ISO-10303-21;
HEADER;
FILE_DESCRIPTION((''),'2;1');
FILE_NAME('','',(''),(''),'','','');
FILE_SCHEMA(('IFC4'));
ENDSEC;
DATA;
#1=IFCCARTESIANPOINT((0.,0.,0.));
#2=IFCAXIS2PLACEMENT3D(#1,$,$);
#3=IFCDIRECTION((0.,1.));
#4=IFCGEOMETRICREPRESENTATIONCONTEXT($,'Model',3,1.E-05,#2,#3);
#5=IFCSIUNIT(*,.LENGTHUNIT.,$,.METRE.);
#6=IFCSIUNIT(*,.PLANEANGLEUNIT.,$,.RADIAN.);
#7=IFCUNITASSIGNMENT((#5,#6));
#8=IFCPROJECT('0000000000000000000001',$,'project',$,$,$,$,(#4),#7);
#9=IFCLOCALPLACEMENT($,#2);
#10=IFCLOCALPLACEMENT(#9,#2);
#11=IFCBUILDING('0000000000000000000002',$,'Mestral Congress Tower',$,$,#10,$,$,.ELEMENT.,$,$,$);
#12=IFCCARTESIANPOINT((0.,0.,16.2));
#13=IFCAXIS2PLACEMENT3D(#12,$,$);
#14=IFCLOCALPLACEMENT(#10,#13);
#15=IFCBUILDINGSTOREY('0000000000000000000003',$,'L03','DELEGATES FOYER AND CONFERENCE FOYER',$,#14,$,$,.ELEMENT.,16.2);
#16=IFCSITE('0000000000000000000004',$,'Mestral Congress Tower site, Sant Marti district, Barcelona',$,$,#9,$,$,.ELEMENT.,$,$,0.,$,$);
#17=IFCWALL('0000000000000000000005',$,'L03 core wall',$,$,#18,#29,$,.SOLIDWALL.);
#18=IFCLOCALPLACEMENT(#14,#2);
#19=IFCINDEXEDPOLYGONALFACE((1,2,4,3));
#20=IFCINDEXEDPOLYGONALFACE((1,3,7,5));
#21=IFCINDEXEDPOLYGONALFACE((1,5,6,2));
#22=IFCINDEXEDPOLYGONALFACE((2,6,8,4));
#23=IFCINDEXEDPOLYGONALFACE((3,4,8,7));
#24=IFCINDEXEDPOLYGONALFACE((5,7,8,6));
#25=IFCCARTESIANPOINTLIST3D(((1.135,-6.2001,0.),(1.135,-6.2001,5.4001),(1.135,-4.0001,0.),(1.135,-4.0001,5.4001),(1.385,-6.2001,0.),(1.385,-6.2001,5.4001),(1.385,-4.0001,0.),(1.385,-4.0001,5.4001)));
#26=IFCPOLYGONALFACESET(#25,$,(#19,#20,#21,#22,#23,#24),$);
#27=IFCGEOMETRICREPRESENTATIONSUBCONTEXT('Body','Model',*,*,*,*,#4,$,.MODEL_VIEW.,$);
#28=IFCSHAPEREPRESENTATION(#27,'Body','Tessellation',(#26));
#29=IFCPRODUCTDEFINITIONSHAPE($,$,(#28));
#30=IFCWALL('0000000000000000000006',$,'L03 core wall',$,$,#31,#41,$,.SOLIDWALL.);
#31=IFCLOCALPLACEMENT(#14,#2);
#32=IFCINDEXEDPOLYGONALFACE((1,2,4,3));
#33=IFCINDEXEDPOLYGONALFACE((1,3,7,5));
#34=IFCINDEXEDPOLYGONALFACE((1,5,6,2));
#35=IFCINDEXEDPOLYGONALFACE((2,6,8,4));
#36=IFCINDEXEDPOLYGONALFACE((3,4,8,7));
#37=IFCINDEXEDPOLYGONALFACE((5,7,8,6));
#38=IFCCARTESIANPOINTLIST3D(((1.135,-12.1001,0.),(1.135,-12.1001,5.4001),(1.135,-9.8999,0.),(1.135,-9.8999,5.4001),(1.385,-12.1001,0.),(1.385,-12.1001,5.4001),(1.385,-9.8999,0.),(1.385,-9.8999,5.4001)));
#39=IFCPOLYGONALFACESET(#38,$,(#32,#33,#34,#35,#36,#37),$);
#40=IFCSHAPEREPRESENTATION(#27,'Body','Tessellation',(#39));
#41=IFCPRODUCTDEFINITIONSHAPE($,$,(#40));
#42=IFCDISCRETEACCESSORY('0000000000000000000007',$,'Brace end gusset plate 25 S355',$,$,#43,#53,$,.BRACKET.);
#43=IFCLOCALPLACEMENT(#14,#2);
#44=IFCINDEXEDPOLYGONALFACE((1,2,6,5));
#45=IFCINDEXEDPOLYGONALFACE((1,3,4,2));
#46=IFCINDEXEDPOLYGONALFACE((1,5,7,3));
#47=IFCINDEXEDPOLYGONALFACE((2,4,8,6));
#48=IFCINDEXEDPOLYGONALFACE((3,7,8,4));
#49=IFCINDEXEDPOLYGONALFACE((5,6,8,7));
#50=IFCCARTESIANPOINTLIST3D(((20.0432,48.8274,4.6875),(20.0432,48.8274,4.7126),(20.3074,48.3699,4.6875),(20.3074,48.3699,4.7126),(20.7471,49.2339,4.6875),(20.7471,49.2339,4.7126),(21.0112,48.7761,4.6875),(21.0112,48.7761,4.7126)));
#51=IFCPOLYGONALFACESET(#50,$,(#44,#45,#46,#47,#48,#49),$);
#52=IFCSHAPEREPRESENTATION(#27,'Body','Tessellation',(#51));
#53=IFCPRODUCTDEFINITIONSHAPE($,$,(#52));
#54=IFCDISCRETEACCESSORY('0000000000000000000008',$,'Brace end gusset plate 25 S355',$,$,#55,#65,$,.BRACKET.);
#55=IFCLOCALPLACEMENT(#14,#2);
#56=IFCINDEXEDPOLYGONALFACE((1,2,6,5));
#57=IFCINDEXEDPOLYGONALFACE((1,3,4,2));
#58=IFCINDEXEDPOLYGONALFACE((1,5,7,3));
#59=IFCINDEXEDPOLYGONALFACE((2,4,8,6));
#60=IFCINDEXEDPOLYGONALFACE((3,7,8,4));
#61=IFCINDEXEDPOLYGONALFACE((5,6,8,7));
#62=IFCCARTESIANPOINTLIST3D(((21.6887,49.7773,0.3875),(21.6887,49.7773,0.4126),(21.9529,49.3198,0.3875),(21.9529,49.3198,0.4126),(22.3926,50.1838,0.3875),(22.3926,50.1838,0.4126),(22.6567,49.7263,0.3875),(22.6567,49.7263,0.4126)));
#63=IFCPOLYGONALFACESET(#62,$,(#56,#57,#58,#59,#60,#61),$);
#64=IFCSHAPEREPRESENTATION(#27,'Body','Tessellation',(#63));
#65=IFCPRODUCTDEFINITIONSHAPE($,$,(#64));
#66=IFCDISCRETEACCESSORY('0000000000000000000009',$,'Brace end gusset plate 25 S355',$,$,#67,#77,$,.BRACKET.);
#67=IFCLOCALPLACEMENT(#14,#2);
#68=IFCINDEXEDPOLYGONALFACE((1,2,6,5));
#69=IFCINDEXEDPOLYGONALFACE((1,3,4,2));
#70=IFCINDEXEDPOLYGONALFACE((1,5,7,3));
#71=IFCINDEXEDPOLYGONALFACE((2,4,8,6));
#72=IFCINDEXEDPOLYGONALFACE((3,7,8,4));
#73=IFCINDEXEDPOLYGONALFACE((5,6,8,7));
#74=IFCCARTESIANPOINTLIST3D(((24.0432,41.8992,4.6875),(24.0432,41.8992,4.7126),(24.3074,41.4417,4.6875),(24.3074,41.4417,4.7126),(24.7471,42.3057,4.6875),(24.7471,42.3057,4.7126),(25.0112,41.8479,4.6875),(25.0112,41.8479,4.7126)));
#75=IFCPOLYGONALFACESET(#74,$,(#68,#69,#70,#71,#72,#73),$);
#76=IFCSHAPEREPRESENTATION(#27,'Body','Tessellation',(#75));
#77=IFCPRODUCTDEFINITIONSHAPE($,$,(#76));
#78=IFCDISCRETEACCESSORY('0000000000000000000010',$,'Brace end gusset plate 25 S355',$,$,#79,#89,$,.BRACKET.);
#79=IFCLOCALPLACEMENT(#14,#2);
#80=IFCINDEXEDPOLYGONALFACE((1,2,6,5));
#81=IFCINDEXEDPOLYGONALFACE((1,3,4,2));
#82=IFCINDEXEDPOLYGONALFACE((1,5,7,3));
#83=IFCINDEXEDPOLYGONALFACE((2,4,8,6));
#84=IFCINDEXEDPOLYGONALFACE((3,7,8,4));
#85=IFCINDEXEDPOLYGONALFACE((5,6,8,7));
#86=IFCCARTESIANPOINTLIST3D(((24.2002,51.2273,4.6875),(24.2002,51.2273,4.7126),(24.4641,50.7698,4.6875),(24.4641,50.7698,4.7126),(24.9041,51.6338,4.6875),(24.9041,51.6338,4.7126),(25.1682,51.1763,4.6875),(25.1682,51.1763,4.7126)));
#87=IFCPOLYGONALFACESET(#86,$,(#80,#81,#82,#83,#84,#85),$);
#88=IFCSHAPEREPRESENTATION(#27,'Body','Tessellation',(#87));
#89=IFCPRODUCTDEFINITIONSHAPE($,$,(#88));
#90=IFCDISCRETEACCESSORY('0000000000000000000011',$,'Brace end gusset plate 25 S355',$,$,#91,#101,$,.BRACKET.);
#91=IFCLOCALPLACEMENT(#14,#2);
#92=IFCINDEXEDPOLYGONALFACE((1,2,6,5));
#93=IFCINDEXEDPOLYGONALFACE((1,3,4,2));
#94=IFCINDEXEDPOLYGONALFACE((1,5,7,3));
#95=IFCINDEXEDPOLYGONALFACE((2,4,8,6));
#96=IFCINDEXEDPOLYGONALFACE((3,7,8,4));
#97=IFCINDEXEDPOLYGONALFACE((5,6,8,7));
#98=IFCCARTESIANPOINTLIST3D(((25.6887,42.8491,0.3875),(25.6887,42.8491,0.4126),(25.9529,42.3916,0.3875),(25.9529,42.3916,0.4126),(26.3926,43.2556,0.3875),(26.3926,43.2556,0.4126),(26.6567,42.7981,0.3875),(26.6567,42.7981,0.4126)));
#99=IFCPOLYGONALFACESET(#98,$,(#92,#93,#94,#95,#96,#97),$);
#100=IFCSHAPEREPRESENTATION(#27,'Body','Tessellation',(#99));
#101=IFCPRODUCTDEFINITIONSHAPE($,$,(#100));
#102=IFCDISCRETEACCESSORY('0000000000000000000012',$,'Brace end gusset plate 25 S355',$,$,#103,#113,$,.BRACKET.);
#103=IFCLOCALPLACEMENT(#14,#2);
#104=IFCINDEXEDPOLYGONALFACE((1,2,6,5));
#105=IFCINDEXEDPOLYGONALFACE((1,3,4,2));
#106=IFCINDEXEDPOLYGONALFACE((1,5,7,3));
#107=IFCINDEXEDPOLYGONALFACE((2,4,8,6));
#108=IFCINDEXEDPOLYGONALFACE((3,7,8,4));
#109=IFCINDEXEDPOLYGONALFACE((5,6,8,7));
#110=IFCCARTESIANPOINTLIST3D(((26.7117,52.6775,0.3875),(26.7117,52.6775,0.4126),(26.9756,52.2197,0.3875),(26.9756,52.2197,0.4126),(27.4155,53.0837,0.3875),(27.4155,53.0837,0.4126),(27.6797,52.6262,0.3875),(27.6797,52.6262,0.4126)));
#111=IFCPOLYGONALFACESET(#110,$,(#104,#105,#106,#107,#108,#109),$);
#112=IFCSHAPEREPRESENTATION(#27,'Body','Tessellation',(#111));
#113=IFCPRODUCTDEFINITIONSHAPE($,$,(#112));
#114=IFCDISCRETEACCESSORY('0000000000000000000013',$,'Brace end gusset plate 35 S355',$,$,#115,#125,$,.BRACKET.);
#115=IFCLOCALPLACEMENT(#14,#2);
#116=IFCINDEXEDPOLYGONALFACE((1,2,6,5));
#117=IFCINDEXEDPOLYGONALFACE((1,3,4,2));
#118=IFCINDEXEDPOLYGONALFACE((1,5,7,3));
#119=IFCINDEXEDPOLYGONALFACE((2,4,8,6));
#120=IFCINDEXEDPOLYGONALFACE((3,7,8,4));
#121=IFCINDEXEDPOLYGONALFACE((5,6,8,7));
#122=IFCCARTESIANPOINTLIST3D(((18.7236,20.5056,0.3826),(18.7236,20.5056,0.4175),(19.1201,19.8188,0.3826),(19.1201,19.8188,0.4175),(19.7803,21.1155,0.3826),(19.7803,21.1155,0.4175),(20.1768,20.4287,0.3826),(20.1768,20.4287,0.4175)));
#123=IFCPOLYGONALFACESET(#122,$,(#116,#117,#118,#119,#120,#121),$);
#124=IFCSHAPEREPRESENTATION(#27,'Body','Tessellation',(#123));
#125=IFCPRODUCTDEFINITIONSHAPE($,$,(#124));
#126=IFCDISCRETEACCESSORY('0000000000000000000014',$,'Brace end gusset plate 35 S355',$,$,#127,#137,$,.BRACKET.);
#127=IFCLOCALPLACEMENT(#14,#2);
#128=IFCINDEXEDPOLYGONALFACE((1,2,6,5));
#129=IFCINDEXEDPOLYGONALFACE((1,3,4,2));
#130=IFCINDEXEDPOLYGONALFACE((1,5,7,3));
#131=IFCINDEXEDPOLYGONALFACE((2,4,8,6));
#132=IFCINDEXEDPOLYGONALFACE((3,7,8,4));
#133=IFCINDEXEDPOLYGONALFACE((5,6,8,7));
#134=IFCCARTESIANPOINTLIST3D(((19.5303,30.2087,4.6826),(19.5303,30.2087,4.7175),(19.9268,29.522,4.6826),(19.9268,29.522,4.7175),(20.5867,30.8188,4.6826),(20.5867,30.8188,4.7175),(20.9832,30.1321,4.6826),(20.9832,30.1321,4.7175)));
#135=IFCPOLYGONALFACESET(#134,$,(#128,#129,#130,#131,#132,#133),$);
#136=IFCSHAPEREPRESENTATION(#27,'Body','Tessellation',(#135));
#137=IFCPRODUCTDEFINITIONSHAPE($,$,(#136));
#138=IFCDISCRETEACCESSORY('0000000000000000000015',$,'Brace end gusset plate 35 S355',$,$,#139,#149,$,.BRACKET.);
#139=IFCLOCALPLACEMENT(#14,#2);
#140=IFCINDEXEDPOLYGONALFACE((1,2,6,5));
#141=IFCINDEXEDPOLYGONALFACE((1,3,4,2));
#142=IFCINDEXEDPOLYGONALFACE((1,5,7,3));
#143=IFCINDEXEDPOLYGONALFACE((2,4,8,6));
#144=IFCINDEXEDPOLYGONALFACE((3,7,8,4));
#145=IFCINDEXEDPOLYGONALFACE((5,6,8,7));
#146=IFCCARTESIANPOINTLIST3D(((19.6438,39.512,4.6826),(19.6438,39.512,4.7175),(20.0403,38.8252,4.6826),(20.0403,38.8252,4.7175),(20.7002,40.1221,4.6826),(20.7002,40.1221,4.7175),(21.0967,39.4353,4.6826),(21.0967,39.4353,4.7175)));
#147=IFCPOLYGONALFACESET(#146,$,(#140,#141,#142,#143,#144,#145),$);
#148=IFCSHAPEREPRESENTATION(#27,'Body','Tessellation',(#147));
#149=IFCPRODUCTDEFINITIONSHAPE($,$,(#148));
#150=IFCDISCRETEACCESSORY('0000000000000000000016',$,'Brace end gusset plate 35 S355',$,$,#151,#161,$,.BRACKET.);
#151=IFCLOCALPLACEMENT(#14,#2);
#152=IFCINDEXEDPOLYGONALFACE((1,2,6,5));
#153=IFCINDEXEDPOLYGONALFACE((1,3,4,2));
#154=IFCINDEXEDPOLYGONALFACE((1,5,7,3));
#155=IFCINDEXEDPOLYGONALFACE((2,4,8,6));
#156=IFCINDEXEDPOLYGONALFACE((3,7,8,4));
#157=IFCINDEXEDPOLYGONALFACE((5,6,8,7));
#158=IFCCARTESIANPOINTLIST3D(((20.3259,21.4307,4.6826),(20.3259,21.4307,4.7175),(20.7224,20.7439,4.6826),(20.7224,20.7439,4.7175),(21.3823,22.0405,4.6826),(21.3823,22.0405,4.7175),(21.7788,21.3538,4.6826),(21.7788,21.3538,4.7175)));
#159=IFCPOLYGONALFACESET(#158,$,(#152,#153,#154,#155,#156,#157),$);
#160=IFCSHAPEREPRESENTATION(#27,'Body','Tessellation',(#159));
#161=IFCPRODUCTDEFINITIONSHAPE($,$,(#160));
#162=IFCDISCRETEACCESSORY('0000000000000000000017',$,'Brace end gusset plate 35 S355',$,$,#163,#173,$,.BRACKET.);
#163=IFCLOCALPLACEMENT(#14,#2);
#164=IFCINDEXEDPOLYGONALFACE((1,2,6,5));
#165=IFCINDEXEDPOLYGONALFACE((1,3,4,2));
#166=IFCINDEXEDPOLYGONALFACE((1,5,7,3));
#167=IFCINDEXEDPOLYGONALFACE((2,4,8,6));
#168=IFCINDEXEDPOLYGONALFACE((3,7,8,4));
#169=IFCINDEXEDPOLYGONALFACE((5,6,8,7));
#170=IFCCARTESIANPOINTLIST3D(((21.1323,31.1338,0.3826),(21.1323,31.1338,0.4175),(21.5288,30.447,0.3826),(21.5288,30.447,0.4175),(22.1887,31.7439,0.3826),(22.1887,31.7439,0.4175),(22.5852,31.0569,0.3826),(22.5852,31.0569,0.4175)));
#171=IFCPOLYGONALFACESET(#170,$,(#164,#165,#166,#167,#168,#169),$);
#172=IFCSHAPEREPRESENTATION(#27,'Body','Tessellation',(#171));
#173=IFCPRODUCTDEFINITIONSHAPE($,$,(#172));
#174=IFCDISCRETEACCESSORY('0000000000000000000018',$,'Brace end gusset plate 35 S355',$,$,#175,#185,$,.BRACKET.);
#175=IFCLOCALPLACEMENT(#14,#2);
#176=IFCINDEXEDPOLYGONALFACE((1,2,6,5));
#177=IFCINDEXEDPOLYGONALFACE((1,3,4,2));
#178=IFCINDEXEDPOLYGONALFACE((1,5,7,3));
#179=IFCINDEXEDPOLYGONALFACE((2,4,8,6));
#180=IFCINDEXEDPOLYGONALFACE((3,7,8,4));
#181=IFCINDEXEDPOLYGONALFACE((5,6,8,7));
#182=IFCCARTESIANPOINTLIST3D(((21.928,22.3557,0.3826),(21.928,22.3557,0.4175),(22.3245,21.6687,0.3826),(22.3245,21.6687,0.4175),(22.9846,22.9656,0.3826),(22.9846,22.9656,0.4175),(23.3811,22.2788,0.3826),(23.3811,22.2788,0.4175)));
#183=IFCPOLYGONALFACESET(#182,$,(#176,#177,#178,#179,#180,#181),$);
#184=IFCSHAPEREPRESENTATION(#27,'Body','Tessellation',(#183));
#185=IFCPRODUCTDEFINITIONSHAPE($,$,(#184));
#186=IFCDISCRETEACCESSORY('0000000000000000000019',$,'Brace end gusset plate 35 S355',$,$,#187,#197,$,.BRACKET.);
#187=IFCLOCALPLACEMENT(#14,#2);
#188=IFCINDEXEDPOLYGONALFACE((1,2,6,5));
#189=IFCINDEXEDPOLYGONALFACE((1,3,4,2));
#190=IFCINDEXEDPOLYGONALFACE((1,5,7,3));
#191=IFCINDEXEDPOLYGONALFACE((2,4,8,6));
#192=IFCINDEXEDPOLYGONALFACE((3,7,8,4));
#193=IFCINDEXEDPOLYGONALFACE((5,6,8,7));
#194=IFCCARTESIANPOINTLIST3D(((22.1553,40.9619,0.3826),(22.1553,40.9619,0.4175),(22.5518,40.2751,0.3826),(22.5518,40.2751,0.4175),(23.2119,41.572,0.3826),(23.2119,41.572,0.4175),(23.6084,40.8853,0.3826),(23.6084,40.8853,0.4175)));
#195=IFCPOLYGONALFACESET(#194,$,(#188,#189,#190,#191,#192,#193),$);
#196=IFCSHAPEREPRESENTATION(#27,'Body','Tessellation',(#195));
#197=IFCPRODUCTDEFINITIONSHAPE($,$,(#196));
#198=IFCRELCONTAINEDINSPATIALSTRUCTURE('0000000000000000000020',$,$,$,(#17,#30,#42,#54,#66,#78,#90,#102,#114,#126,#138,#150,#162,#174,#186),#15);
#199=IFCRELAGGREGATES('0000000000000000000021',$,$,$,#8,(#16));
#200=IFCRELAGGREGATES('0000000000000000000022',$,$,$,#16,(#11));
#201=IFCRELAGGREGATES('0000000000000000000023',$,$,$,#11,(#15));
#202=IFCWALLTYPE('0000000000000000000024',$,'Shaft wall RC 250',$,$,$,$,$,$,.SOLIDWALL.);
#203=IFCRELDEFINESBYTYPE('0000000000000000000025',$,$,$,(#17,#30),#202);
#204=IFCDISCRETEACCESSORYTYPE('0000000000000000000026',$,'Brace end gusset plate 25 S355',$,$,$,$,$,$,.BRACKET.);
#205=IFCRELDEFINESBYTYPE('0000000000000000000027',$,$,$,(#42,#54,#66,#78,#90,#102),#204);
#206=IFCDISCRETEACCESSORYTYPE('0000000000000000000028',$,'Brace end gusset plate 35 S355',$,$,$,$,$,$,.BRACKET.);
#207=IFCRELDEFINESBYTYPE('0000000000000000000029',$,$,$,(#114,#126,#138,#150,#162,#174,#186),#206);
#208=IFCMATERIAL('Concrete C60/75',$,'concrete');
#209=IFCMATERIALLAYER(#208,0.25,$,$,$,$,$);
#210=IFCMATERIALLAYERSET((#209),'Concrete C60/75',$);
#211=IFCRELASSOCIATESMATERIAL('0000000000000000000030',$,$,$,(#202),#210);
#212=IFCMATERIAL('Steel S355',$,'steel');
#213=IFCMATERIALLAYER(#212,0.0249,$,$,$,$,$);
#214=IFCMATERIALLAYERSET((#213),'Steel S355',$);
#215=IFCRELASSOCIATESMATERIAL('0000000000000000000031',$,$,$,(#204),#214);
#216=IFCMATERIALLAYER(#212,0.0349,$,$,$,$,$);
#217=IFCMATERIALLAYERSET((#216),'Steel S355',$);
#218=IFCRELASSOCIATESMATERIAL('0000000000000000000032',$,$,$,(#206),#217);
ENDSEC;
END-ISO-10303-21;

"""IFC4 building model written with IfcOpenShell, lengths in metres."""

from ifc_helpers import new_model, si_unit, direction, frame, frame_2d, origin, place, context, subcontext, project, spatial, polyline, rectangle, outline, extrude, material, layer, layer_set, type_object, element, save


model = new_model("IFC4")

# Units and contexts
model_context = context("Model", 3, precision=1e-05, world=origin(), true_north=direction((0.0, 1.0)))
body_context = subcontext(model_context, "Body", "Model", "MODEL_VIEW")
ifc_project = project(units=[si_unit("LENGTHUNIT", "METRE"), si_unit("PLANEANGLEUNIT", "RADIAN")], contexts=[model_context])

# Site, building, storey
site_placement = place(None, origin())
site = spatial("IfcSite", under=ifc_project, at=site_placement, Name="Mestral Congress Tower site, Sant Marti district, Barcelona", CompositionType="ELEMENT", RefElevation=0.0)
building_placement = place(site_placement, origin())
building = spatial("IfcBuilding", under=site, at=building_placement, Name="Mestral Congress Tower", CompositionType="ELEMENT")
storey_placement = place(building_placement, frame((0.0, 0.0, 16.2)))
storey = spatial("IfcBuildingStorey", under=building, at=storey_placement, Name="L03", Description="DELEGATES FOYER AND CONFERENCE FOYER", CompositionType="ELEMENT", Elevation=16.2)

# Walls
ifc_material_1 = material(Name="Concrete C60/75", Category="concrete")
ifc_layer_1 = layer(ifc_material_1, 0.25)
ifc_layer_set_1 = layer_set([ifc_layer_1], Name="Concrete C60/75")
wall_type = type_object("IfcWallType", Name="Shaft wall RC 250", PredefinedType="SOLIDWALL", material=ifc_layer_set_1)
wall_1_placement = place(storey_placement, frame((1.26, -4.0, 0.0), z_axis=(0.0, 0.0, 1.0), x_axis=(0.0, -1.0, 0.0)))
element("IfcWall", 1, at=wall_1_placement, inside=storey, type_object=wall_type, Name="L03 core wall", PredefinedType="SOLIDWALL", context=body_context, shape_type="SweptSolid", body=[
    extrude(rectangle(XDim=2.2, YDim=0.25, at=frame_2d((1.1001, 0.0))), origin(), (0.0, 0.0, 1.0), 5.4001),
])
wall_2_placement = place(storey_placement, frame((1.26, -9.8999, 0.0), z_axis=(0.0, 0.0, 1.0), x_axis=(0.0, -1.0, 0.0)))
element("IfcWall", 2, at=wall_2_placement, inside=storey, type_object=wall_type, Name="L03 core wall", PredefinedType="SOLIDWALL", context=body_context, shape_type="SweptSolid", body=[
    extrude(rectangle(XDim=2.2002, YDim=0.25, at=frame_2d((1.1001, 0.0))), origin(), (0.0, 0.0, 1.0), 5.4001),
])

# Discrete accessories
ifc_material_2 = material(Name="Steel S355", Category="steel")
ifc_layer_2 = layer(ifc_material_2, 0.0249)
ifc_layer_set_2 = layer_set([ifc_layer_2], Name="Steel S355")
discrete_accessory_type_1 = type_object("IfcDiscreteAccessoryType", Name="Brace end gusset plate 25 S355", PredefinedType="BRACKET", material=ifc_layer_set_2)
placement_1 = place(storey_placement, frame((0.0, 0.0, 4.6875)))
element("IfcDiscreteAccessory", 3, at=placement_1, inside=storey, type_object=discrete_accessory_type_1, Name="Brace end gusset plate 25 S355", PredefinedType="BRACKET", context=body_context, shape_type="SweptSolid", body=[
    extrude(outline(polyline([(20.7471, 49.2339), (20.0432, 48.8274), (20.3074, 48.3699), (21.0112, 48.7761), (20.7471, 49.2339)])), origin(), (0.0, 0.0, 1.0), 0.0251),
])
placement_2 = place(storey_placement, frame((0.0, 0.0, 0.3875)))
element("IfcDiscreteAccessory", 4, at=placement_2, inside=storey, type_object=discrete_accessory_type_1, Name="Brace end gusset plate 25 S355", PredefinedType="BRACKET", context=body_context, shape_type="SweptSolid", body=[
    extrude(outline(polyline([(22.3926, 50.1838), (21.6887, 49.7773), (21.9529, 49.3198), (22.6567, 49.7263), (22.3926, 50.1838)])), origin(), (0.0, 0.0, 1.0), 0.0251),
])
element("IfcDiscreteAccessory", 5, at=placement_1, inside=storey, type_object=discrete_accessory_type_1, Name="Brace end gusset plate 25 S355", PredefinedType="BRACKET", context=body_context, shape_type="SweptSolid", body=[
    extrude(outline(polyline([(24.7471, 42.3057), (24.0432, 41.8992), (24.3074, 41.4417), (25.0112, 41.8479), (24.7471, 42.3057)])), origin(), (0.0, 0.0, 1.0), 0.0251),
])
element("IfcDiscreteAccessory", 6, at=placement_1, inside=storey, type_object=discrete_accessory_type_1, Name="Brace end gusset plate 25 S355", PredefinedType="BRACKET", context=body_context, shape_type="SweptSolid", body=[
    extrude(outline(polyline([(24.9041, 51.6338), (24.2002, 51.2273), (24.4641, 50.7698), (25.1682, 51.1763), (24.9041, 51.6338)])), origin(), (0.0, 0.0, 1.0), 0.0251),
])
element("IfcDiscreteAccessory", 7, at=placement_2, inside=storey, type_object=discrete_accessory_type_1, Name="Brace end gusset plate 25 S355", PredefinedType="BRACKET", context=body_context, shape_type="SweptSolid", body=[
    extrude(outline(polyline([(26.3926, 43.2556), (25.6887, 42.8491), (25.9529, 42.3916), (26.6567, 42.7981), (26.3926, 43.2556)])), origin(), (0.0, 0.0, 1.0), 0.0251),
])
element("IfcDiscreteAccessory", 8, at=placement_2, inside=storey, type_object=discrete_accessory_type_1, Name="Brace end gusset plate 25 S355", PredefinedType="BRACKET", context=body_context, shape_type="SweptSolid", body=[
    extrude(outline(polyline([(27.4155, 53.0837), (26.7117, 52.6775), (26.9756, 52.2197), (27.6797, 52.6262), (27.4155, 53.0837)])), origin(), (0.0, 0.0, 1.0), 0.0251),
])
ifc_layer_3 = layer(ifc_material_2, 0.0349)
ifc_layer_set_3 = layer_set([ifc_layer_3], Name="Steel S355")
discrete_accessory_type_2 = type_object("IfcDiscreteAccessoryType", Name="Brace end gusset plate 35 S355", PredefinedType="BRACKET", material=ifc_layer_set_3)
placement_3 = place(storey_placement, frame((0.0, 0.0, 0.3826)))
element("IfcDiscreteAccessory", 9, at=placement_3, inside=storey, type_object=discrete_accessory_type_2, Name="Brace end gusset plate 35 S355", PredefinedType="BRACKET", context=body_context, shape_type="SweptSolid", body=[
    extrude(outline(polyline([(19.1201, 19.8188), (20.1768, 20.4287), (19.7803, 21.1155), (18.7236, 20.5056), (19.1201, 19.8188)])), origin(), (0.0, 0.0, 1.0), 0.0349),
])
placement_4 = place(storey_placement, frame((0.0, 0.0, 4.6826)))
element("IfcDiscreteAccessory", 10, at=placement_4, inside=storey, type_object=discrete_accessory_type_2, Name="Brace end gusset plate 35 S355", PredefinedType="BRACKET", context=body_context, shape_type="SweptSolid", body=[
    extrude(outline(polyline([(20.5867, 30.8188), (19.5303, 30.2087), (19.9268, 29.522), (20.9832, 30.1321), (20.5867, 30.8188)])), origin(), (0.0, 0.0, 1.0), 0.0349),
])
element("IfcDiscreteAccessory", 11, at=placement_4, inside=storey, type_object=discrete_accessory_type_2, Name="Brace end gusset plate 35 S355", PredefinedType="BRACKET", context=body_context, shape_type="SweptSolid", body=[
    extrude(outline(polyline([(20.7002, 40.1221), (19.6438, 39.512), (20.0403, 38.8252), (21.0967, 39.4353), (20.7002, 40.1221)])), origin(), (0.0, 0.0, 1.0), 0.0349),
])
element("IfcDiscreteAccessory", 12, at=placement_4, inside=storey, type_object=discrete_accessory_type_2, Name="Brace end gusset plate 35 S355", PredefinedType="BRACKET", context=body_context, shape_type="SweptSolid", body=[
    extrude(outline(polyline([(21.3823, 22.0405), (20.3259, 21.4307), (20.7224, 20.7439), (21.7788, 21.3538), (21.3823, 22.0405)])), origin(), (0.0, 0.0, 1.0), 0.0349),
])
element("IfcDiscreteAccessory", 13, at=placement_3, inside=storey, type_object=discrete_accessory_type_2, Name="Brace end gusset plate 35 S355", PredefinedType="BRACKET", context=body_context, shape_type="SweptSolid", body=[
    extrude(outline(polyline([(22.1887, 31.7439), (21.1323, 31.1338), (21.5288, 30.447), (22.5852, 31.0569), (22.1887, 31.7439)])), origin(), (0.0, 0.0, 1.0), 0.0349),
])
element("IfcDiscreteAccessory", 14, at=placement_3, inside=storey, type_object=discrete_accessory_type_2, Name="Brace end gusset plate 35 S355", PredefinedType="BRACKET", context=body_context, shape_type="SweptSolid", body=[
    extrude(outline(polyline([(22.9846, 22.9656), (21.928, 22.3557), (22.3245, 21.6687), (23.3811, 22.2788), (22.9846, 22.9656)])), origin(), (0.0, 0.0, 1.0), 0.0349),
])
element("IfcDiscreteAccessory", 15, at=placement_3, inside=storey, type_object=discrete_accessory_type_2, Name="Brace end gusset plate 35 S355", PredefinedType="BRACKET", context=body_context, shape_type="SweptSolid", body=[
    extrude(outline(polyline([(23.2119, 41.572), (22.1553, 40.9619), (22.5518, 40.2751), (23.6084, 40.8853), (23.2119, 41.572)])), origin(), (0.0, 0.0, 1.0), 0.0349),
])

save(model, "model.ifc")
